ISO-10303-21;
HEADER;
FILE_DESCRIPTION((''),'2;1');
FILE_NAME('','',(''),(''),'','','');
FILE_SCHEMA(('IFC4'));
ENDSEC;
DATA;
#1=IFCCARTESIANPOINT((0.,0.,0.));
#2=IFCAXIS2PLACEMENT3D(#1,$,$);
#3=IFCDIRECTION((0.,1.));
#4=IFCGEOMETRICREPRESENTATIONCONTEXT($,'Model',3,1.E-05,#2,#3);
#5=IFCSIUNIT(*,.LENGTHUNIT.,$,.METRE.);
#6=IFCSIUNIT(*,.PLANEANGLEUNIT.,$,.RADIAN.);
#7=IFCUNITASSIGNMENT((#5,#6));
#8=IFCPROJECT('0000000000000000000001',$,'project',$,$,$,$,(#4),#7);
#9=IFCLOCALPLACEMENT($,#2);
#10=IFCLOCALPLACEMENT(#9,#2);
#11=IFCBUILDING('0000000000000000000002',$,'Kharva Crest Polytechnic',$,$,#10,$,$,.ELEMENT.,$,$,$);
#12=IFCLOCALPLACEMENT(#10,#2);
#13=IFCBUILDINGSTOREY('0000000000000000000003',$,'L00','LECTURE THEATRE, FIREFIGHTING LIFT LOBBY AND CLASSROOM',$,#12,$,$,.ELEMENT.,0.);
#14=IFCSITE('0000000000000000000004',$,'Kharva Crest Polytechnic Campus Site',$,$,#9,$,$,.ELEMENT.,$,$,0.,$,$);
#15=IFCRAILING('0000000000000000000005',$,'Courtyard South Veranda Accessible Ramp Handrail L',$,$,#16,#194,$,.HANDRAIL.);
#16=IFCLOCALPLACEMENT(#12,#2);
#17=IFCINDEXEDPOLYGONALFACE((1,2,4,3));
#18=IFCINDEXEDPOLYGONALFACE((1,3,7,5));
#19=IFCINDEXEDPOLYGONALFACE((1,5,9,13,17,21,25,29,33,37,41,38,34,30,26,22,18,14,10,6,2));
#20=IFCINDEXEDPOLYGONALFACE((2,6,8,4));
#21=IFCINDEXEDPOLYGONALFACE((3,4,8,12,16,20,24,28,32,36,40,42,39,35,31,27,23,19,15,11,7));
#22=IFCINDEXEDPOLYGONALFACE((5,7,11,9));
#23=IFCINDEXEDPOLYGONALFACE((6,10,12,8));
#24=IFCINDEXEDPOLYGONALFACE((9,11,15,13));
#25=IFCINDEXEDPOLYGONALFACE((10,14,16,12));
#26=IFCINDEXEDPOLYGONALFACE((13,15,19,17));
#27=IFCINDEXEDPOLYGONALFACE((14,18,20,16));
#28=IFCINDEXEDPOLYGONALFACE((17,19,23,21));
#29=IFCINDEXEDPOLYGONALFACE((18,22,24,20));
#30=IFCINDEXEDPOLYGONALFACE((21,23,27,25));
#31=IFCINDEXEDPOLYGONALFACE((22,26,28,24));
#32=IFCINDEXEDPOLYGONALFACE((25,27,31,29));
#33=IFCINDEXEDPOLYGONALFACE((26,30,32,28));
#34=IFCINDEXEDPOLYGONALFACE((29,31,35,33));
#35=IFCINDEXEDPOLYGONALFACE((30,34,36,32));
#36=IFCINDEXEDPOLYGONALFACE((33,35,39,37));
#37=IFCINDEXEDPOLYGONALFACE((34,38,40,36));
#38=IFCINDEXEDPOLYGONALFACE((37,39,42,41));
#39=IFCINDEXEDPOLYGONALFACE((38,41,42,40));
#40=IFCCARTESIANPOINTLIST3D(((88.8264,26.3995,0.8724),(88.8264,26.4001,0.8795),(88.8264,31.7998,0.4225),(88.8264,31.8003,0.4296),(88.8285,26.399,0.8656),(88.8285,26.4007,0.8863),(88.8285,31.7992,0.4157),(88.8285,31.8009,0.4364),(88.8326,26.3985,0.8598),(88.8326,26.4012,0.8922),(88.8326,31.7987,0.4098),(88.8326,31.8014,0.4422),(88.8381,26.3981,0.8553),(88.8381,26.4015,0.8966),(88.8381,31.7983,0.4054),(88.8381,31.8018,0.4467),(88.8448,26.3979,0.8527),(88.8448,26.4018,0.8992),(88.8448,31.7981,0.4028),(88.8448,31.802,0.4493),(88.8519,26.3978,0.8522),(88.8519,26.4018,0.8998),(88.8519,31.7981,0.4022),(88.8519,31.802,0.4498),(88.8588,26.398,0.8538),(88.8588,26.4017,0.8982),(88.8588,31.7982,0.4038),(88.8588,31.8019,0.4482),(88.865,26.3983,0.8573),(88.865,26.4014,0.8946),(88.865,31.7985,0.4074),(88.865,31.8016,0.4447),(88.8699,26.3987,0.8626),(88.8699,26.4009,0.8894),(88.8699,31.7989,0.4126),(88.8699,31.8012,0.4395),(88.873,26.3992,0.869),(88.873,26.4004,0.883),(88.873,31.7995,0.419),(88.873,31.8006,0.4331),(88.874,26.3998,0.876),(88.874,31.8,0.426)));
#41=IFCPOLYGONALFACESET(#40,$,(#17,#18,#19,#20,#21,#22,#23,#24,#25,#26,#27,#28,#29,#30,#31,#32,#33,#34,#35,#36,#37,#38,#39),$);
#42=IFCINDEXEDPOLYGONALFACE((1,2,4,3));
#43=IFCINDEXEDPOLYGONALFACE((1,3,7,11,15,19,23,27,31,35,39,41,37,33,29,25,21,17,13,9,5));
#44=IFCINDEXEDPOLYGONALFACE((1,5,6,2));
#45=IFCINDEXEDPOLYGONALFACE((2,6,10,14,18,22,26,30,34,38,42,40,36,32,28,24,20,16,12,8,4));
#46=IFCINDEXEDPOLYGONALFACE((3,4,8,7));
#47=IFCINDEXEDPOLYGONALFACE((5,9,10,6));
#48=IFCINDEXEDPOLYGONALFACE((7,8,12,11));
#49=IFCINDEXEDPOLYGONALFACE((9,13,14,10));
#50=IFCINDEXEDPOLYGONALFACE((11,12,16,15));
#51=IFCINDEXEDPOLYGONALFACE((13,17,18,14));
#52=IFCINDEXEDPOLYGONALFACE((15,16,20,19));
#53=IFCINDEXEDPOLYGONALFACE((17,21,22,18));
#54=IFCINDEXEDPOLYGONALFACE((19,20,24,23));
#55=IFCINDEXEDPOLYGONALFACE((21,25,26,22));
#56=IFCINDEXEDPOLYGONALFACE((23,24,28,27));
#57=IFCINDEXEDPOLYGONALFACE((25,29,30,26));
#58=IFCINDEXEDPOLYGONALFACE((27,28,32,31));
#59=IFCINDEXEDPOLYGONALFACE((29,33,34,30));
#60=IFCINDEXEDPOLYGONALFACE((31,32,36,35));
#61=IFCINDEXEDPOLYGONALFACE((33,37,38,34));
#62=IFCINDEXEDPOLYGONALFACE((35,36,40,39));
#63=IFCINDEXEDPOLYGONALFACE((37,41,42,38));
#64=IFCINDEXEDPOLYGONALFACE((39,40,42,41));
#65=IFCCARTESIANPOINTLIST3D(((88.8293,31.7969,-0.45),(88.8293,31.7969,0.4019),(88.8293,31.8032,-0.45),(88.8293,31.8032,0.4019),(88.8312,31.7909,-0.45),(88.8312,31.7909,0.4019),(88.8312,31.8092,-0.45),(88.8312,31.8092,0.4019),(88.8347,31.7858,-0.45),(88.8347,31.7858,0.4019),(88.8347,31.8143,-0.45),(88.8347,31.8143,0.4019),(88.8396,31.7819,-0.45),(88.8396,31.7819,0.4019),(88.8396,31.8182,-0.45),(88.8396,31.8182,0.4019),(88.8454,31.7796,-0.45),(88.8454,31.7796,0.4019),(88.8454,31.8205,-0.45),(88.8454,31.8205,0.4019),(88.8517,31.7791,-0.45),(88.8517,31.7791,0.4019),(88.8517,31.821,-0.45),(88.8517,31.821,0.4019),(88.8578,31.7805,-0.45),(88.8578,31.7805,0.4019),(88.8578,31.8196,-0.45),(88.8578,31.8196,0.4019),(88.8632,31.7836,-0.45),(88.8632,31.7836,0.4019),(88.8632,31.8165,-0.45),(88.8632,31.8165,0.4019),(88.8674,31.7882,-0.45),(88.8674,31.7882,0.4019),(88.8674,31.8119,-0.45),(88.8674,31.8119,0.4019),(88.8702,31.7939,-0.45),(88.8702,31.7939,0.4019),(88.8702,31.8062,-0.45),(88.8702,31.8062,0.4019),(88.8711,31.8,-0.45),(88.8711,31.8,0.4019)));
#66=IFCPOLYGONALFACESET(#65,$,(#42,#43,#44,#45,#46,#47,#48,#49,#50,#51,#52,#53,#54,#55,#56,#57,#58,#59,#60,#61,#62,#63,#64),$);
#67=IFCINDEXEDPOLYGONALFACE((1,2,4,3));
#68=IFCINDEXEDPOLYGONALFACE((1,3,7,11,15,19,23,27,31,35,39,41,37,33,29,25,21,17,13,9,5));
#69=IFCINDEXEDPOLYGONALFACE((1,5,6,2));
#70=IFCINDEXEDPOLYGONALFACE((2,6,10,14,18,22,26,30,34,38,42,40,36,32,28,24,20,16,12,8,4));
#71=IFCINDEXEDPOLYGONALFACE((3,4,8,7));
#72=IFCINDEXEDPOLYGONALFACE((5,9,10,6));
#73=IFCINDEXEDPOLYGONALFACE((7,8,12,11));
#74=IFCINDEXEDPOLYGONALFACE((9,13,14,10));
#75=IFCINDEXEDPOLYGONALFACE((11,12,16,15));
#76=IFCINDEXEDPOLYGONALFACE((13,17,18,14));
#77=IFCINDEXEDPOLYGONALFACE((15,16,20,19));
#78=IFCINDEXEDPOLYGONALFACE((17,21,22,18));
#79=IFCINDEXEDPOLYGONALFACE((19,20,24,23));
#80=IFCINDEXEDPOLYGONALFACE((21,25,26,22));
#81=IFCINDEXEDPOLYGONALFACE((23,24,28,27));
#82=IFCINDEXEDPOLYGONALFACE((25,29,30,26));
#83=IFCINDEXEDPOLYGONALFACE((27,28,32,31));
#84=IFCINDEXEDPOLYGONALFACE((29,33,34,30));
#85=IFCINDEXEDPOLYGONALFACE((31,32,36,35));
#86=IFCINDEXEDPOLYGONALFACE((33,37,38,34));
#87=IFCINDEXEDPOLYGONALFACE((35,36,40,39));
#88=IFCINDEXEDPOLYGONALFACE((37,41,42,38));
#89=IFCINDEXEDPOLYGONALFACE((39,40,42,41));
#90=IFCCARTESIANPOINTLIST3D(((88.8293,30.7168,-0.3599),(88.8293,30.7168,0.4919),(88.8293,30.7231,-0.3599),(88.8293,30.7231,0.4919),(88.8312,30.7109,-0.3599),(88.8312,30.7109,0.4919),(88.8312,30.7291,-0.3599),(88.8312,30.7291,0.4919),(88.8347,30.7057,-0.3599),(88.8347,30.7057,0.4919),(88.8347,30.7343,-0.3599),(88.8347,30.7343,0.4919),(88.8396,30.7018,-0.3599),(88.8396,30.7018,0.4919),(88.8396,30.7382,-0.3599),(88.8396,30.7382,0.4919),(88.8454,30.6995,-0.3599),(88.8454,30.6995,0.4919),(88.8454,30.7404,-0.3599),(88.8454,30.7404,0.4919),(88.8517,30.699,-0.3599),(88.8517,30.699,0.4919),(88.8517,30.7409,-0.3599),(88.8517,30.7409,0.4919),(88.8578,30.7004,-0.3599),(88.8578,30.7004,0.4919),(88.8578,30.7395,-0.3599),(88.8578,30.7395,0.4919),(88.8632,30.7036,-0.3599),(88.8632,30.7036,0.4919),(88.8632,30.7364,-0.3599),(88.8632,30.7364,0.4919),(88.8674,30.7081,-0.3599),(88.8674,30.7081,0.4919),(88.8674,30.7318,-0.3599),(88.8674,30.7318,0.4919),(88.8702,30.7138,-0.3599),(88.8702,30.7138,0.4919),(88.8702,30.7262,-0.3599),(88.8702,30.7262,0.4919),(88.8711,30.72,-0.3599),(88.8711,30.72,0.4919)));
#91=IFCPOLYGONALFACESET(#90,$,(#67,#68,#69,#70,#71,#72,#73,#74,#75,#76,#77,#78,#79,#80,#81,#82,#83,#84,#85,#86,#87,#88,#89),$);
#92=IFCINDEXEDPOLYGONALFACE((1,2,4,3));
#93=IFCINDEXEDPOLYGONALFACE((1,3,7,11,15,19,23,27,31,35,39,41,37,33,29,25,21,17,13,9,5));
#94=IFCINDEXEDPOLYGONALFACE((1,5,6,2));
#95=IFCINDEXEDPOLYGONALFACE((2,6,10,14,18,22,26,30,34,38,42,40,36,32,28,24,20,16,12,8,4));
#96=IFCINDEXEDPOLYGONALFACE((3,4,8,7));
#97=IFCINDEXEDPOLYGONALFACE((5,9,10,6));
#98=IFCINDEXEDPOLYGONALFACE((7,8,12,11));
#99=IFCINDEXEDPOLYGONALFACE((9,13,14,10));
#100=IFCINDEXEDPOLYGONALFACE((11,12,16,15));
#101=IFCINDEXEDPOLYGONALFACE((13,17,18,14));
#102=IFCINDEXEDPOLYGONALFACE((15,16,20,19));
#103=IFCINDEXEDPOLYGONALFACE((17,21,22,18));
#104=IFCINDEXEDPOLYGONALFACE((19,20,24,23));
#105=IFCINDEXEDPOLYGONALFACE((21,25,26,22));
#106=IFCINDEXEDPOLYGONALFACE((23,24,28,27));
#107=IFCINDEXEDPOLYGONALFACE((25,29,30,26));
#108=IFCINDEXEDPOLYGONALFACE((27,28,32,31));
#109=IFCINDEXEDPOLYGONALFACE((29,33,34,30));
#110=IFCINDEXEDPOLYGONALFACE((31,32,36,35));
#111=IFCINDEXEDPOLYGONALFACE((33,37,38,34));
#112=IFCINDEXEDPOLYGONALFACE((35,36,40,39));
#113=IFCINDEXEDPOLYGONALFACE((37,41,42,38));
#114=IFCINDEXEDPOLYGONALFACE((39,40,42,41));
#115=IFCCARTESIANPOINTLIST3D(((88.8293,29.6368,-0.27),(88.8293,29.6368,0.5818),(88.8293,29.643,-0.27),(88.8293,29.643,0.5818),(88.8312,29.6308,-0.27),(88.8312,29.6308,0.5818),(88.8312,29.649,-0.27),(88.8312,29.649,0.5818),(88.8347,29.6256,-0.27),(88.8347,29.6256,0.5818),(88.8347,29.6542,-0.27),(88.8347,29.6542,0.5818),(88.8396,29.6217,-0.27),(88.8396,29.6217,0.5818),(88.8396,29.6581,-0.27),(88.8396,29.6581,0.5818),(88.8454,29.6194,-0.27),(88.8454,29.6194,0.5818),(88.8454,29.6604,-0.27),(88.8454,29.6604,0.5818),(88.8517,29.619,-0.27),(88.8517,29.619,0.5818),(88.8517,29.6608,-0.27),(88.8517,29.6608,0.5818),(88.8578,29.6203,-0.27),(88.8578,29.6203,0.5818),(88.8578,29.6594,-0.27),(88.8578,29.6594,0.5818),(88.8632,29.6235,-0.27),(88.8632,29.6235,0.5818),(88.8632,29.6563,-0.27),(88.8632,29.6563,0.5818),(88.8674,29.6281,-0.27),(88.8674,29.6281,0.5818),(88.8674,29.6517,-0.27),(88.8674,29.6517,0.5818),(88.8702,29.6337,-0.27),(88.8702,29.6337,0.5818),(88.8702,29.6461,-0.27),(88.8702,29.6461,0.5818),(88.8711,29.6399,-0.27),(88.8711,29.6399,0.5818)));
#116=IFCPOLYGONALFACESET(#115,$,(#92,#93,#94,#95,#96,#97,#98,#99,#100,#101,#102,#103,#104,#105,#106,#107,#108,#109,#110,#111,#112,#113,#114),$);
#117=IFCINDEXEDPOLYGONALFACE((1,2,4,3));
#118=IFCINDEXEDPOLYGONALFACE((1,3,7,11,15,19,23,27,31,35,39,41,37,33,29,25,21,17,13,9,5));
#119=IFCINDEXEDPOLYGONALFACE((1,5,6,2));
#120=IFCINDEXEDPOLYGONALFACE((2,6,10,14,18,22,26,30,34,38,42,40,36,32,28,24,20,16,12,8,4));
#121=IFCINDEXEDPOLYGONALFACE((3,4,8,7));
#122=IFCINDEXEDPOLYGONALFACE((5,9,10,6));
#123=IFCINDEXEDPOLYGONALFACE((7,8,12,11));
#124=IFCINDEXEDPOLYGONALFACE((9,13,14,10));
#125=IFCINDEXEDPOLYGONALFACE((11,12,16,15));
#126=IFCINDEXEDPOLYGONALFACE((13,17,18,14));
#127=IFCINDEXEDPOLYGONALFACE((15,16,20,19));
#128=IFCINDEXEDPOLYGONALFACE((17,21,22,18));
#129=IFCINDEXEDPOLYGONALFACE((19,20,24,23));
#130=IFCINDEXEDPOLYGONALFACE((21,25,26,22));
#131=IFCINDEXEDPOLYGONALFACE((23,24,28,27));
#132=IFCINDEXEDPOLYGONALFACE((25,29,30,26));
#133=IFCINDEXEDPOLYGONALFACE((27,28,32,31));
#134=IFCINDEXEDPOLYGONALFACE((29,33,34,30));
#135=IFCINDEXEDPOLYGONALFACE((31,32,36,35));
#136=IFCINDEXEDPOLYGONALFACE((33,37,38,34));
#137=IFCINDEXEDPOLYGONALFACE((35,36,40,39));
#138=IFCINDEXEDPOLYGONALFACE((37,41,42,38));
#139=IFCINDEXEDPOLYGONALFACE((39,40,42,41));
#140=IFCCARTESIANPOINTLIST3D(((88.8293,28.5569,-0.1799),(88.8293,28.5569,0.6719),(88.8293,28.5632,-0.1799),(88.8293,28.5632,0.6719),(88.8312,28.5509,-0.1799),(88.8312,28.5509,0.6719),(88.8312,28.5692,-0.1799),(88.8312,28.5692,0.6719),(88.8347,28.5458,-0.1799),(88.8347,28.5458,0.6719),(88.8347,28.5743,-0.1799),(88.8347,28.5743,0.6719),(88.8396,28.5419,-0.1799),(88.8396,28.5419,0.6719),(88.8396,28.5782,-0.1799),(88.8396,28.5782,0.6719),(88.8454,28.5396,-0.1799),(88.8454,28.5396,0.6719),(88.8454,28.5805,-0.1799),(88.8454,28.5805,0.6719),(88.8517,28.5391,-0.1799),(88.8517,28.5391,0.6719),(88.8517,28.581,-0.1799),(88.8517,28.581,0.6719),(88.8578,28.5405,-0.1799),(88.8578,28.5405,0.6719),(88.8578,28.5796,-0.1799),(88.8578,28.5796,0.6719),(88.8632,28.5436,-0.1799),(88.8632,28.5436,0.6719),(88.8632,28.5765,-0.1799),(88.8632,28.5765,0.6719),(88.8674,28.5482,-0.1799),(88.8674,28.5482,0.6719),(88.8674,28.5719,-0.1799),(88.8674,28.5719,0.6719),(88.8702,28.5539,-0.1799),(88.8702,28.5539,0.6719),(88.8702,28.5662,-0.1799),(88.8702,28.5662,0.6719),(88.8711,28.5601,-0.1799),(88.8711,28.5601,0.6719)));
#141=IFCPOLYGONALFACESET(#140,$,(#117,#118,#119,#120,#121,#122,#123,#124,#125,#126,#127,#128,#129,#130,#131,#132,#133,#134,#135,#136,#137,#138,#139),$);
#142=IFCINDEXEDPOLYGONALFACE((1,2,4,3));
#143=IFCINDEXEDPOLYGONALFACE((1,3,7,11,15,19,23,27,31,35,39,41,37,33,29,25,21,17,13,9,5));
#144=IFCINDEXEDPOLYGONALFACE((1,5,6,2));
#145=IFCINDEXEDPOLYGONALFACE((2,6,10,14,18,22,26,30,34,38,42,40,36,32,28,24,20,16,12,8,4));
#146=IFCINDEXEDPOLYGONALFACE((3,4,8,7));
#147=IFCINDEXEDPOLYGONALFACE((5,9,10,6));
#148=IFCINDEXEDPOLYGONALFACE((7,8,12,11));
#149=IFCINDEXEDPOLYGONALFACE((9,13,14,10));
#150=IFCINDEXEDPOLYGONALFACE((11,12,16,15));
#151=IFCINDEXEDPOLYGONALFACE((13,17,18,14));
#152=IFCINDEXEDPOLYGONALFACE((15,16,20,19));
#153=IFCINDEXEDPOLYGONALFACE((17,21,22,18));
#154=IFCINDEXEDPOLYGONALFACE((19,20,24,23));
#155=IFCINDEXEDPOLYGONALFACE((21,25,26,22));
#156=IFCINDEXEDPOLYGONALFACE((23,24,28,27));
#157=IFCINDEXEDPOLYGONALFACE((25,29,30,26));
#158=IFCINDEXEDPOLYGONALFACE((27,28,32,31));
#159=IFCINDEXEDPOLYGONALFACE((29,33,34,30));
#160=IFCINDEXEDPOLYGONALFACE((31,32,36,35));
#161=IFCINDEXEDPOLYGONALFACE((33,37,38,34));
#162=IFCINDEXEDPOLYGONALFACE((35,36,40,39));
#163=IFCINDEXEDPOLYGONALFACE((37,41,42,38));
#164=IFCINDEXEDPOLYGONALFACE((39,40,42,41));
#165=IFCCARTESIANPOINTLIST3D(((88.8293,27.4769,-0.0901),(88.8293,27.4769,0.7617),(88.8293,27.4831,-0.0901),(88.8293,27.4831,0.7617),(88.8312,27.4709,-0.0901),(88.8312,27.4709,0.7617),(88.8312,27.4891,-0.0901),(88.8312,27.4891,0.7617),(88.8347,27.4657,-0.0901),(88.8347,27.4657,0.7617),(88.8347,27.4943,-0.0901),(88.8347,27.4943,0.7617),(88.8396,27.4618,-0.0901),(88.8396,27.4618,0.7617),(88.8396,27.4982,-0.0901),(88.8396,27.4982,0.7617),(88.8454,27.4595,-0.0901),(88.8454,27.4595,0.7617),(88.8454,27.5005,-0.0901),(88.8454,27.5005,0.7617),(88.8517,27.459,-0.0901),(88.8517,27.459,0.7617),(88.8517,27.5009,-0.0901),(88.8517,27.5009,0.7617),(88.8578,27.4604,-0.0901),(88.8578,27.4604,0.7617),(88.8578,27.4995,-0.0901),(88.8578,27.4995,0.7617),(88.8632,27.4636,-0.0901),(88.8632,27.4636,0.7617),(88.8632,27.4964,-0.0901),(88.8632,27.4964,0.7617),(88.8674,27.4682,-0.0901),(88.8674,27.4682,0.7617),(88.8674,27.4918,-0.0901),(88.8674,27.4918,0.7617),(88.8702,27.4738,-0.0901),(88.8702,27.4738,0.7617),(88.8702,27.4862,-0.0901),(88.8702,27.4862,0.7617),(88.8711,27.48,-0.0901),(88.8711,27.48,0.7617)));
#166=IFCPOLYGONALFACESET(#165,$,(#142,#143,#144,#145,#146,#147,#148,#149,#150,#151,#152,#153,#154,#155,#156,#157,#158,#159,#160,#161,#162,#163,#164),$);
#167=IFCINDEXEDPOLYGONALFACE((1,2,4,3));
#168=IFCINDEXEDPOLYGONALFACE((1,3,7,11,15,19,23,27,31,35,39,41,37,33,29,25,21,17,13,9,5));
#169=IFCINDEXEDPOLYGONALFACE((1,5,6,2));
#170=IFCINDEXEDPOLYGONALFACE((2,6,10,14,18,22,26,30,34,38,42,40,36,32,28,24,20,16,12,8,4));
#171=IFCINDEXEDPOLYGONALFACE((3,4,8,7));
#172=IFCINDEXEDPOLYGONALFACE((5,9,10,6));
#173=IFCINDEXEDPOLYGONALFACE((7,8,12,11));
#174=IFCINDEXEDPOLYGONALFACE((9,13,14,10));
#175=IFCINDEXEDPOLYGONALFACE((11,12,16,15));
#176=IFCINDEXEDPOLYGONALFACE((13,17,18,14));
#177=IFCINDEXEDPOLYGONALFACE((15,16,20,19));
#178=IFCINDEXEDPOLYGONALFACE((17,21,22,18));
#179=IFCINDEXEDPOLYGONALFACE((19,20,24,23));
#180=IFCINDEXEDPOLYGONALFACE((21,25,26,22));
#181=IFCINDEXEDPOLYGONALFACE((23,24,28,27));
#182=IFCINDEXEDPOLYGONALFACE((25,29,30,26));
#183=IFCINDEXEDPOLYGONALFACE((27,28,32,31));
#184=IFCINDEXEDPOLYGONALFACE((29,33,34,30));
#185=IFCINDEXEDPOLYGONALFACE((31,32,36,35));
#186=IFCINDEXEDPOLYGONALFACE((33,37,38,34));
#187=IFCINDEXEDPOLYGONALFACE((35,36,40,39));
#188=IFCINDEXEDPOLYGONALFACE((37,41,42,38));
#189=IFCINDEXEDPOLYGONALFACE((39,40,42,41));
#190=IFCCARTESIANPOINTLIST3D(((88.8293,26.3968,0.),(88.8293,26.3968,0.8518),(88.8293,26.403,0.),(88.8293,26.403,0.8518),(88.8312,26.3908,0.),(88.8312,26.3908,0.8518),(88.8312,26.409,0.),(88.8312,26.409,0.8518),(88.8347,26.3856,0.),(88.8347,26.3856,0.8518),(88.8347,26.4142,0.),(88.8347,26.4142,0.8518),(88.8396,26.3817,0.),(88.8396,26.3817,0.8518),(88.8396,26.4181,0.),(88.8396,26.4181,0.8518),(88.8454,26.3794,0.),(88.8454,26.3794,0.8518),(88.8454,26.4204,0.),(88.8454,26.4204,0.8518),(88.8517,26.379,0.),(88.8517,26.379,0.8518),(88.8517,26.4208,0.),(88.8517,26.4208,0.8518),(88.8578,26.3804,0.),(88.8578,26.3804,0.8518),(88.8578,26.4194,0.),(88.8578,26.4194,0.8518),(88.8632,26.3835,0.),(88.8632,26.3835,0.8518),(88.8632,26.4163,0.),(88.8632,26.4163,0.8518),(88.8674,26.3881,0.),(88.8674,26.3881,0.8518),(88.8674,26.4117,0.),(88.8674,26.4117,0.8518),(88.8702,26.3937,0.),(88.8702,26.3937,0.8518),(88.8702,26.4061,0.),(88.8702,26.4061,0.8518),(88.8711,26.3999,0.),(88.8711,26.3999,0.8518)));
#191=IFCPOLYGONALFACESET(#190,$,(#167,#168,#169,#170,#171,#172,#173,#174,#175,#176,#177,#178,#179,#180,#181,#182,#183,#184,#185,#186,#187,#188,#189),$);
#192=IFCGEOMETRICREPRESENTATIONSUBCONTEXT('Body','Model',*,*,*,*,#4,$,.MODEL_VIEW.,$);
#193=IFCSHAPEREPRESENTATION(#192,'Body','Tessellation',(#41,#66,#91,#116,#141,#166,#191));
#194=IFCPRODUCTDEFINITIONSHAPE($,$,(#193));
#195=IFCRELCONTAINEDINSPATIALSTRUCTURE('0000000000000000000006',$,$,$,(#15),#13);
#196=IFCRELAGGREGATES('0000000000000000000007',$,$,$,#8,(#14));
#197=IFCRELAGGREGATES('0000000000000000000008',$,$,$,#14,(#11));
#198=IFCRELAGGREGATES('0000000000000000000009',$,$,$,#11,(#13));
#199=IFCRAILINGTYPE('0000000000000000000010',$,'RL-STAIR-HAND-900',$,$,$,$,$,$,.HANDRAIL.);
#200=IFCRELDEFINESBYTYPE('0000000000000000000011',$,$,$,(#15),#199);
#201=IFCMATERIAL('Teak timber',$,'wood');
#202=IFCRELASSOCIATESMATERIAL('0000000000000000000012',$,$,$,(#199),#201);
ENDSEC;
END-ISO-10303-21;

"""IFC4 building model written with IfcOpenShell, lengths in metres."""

from ifc_helpers import new_model, si_unit, direction, frame, origin, origin_2d, place, context, subcontext, project, spatial, circle, extrude, material, type_object, element, save


model = new_model("IFC4")

# Units and contexts
model_context = context("Model", 3, precision=1e-05, world=origin(), true_north=direction((0.0, 1.0)))
body_context = subcontext(model_context, "Body", "Model", "MODEL_VIEW")
ifc_project = project(units=[si_unit("LENGTHUNIT", "METRE"), si_unit("PLANEANGLEUNIT", "RADIAN")], contexts=[model_context])

# Site, building, storey
site_placement = place(None, origin())
site = spatial("IfcSite", under=ifc_project, at=site_placement, Name="Kharva Crest Polytechnic Campus Site", CompositionType="ELEMENT", RefElevation=0.0)
building_placement = place(site_placement, origin())
building = spatial("IfcBuilding", under=site, at=building_placement, Name="Kharva Crest Polytechnic", CompositionType="ELEMENT")
storey_placement = place(building_placement, origin())
storey = spatial("IfcBuildingStorey", under=building, at=storey_placement, Name="L00", Description="LECTURE THEATRE, FIREFIGHTING LIFT LOBBY AND CLASSROOM", CompositionType="ELEMENT", Elevation=0.0)

# Shared definitions
ifc_material_1 = material(Name="Teak timber", Category="wood")

# Railing
railing_type = type_object("IfcRailingType", Name="RL-STAIR-HAND-900", PredefinedType="HANDRAIL", material=ifc_material_1)
railing_placement = place(storey_placement, frame((88.8501, 31.8, -0.45)))
element("IfcRailing", 1, at=railing_placement, inside=storey, type_object=railing_type, Name="Courtyard South Veranda Accessible Ramp Handrail L", PredefinedType="HANDRAIL", context=body_context, shape_type="SweptSolid", body=[
    extrude(circle(Radius=0.0239, at=origin_2d()), frame((0.0, 0.0, 0.876), z_axis=(0.0, -0.996547, 0.083034), x_axis=(1.0, 0.0, 0.0)), (0.0, 0.0, 1.0), 5.4189),
    extrude(circle(Radius=0.021, at=origin_2d()), origin(), (0.0, 0.0, 1.0), 0.8518),
    extrude(circle(Radius=0.021, at=origin_2d()), frame((0.0, -1.0801, 0.0901)), (0.0, 0.0, 1.0), 0.8518),
    extrude(circle(Radius=0.021, at=origin_2d()), frame((0.0, -2.1602, 0.1799)), (0.0, 0.0, 1.0), 0.8518),
    extrude(circle(Radius=0.021, at=origin_2d()), frame((0.0, -3.24, 0.27)), (0.0, 0.0, 1.0), 0.8518),
    extrude(circle(Radius=0.021, at=origin_2d()), frame((0.0, -4.3201, 0.3599)), (0.0, 0.0, 1.0), 0.8518),
    extrude(circle(Radius=0.021, at=origin_2d()), frame((0.0, -5.4001, 0.45)), (0.0, 0.0, 1.0), 0.8518),
])

save(model, "model.ifc")
